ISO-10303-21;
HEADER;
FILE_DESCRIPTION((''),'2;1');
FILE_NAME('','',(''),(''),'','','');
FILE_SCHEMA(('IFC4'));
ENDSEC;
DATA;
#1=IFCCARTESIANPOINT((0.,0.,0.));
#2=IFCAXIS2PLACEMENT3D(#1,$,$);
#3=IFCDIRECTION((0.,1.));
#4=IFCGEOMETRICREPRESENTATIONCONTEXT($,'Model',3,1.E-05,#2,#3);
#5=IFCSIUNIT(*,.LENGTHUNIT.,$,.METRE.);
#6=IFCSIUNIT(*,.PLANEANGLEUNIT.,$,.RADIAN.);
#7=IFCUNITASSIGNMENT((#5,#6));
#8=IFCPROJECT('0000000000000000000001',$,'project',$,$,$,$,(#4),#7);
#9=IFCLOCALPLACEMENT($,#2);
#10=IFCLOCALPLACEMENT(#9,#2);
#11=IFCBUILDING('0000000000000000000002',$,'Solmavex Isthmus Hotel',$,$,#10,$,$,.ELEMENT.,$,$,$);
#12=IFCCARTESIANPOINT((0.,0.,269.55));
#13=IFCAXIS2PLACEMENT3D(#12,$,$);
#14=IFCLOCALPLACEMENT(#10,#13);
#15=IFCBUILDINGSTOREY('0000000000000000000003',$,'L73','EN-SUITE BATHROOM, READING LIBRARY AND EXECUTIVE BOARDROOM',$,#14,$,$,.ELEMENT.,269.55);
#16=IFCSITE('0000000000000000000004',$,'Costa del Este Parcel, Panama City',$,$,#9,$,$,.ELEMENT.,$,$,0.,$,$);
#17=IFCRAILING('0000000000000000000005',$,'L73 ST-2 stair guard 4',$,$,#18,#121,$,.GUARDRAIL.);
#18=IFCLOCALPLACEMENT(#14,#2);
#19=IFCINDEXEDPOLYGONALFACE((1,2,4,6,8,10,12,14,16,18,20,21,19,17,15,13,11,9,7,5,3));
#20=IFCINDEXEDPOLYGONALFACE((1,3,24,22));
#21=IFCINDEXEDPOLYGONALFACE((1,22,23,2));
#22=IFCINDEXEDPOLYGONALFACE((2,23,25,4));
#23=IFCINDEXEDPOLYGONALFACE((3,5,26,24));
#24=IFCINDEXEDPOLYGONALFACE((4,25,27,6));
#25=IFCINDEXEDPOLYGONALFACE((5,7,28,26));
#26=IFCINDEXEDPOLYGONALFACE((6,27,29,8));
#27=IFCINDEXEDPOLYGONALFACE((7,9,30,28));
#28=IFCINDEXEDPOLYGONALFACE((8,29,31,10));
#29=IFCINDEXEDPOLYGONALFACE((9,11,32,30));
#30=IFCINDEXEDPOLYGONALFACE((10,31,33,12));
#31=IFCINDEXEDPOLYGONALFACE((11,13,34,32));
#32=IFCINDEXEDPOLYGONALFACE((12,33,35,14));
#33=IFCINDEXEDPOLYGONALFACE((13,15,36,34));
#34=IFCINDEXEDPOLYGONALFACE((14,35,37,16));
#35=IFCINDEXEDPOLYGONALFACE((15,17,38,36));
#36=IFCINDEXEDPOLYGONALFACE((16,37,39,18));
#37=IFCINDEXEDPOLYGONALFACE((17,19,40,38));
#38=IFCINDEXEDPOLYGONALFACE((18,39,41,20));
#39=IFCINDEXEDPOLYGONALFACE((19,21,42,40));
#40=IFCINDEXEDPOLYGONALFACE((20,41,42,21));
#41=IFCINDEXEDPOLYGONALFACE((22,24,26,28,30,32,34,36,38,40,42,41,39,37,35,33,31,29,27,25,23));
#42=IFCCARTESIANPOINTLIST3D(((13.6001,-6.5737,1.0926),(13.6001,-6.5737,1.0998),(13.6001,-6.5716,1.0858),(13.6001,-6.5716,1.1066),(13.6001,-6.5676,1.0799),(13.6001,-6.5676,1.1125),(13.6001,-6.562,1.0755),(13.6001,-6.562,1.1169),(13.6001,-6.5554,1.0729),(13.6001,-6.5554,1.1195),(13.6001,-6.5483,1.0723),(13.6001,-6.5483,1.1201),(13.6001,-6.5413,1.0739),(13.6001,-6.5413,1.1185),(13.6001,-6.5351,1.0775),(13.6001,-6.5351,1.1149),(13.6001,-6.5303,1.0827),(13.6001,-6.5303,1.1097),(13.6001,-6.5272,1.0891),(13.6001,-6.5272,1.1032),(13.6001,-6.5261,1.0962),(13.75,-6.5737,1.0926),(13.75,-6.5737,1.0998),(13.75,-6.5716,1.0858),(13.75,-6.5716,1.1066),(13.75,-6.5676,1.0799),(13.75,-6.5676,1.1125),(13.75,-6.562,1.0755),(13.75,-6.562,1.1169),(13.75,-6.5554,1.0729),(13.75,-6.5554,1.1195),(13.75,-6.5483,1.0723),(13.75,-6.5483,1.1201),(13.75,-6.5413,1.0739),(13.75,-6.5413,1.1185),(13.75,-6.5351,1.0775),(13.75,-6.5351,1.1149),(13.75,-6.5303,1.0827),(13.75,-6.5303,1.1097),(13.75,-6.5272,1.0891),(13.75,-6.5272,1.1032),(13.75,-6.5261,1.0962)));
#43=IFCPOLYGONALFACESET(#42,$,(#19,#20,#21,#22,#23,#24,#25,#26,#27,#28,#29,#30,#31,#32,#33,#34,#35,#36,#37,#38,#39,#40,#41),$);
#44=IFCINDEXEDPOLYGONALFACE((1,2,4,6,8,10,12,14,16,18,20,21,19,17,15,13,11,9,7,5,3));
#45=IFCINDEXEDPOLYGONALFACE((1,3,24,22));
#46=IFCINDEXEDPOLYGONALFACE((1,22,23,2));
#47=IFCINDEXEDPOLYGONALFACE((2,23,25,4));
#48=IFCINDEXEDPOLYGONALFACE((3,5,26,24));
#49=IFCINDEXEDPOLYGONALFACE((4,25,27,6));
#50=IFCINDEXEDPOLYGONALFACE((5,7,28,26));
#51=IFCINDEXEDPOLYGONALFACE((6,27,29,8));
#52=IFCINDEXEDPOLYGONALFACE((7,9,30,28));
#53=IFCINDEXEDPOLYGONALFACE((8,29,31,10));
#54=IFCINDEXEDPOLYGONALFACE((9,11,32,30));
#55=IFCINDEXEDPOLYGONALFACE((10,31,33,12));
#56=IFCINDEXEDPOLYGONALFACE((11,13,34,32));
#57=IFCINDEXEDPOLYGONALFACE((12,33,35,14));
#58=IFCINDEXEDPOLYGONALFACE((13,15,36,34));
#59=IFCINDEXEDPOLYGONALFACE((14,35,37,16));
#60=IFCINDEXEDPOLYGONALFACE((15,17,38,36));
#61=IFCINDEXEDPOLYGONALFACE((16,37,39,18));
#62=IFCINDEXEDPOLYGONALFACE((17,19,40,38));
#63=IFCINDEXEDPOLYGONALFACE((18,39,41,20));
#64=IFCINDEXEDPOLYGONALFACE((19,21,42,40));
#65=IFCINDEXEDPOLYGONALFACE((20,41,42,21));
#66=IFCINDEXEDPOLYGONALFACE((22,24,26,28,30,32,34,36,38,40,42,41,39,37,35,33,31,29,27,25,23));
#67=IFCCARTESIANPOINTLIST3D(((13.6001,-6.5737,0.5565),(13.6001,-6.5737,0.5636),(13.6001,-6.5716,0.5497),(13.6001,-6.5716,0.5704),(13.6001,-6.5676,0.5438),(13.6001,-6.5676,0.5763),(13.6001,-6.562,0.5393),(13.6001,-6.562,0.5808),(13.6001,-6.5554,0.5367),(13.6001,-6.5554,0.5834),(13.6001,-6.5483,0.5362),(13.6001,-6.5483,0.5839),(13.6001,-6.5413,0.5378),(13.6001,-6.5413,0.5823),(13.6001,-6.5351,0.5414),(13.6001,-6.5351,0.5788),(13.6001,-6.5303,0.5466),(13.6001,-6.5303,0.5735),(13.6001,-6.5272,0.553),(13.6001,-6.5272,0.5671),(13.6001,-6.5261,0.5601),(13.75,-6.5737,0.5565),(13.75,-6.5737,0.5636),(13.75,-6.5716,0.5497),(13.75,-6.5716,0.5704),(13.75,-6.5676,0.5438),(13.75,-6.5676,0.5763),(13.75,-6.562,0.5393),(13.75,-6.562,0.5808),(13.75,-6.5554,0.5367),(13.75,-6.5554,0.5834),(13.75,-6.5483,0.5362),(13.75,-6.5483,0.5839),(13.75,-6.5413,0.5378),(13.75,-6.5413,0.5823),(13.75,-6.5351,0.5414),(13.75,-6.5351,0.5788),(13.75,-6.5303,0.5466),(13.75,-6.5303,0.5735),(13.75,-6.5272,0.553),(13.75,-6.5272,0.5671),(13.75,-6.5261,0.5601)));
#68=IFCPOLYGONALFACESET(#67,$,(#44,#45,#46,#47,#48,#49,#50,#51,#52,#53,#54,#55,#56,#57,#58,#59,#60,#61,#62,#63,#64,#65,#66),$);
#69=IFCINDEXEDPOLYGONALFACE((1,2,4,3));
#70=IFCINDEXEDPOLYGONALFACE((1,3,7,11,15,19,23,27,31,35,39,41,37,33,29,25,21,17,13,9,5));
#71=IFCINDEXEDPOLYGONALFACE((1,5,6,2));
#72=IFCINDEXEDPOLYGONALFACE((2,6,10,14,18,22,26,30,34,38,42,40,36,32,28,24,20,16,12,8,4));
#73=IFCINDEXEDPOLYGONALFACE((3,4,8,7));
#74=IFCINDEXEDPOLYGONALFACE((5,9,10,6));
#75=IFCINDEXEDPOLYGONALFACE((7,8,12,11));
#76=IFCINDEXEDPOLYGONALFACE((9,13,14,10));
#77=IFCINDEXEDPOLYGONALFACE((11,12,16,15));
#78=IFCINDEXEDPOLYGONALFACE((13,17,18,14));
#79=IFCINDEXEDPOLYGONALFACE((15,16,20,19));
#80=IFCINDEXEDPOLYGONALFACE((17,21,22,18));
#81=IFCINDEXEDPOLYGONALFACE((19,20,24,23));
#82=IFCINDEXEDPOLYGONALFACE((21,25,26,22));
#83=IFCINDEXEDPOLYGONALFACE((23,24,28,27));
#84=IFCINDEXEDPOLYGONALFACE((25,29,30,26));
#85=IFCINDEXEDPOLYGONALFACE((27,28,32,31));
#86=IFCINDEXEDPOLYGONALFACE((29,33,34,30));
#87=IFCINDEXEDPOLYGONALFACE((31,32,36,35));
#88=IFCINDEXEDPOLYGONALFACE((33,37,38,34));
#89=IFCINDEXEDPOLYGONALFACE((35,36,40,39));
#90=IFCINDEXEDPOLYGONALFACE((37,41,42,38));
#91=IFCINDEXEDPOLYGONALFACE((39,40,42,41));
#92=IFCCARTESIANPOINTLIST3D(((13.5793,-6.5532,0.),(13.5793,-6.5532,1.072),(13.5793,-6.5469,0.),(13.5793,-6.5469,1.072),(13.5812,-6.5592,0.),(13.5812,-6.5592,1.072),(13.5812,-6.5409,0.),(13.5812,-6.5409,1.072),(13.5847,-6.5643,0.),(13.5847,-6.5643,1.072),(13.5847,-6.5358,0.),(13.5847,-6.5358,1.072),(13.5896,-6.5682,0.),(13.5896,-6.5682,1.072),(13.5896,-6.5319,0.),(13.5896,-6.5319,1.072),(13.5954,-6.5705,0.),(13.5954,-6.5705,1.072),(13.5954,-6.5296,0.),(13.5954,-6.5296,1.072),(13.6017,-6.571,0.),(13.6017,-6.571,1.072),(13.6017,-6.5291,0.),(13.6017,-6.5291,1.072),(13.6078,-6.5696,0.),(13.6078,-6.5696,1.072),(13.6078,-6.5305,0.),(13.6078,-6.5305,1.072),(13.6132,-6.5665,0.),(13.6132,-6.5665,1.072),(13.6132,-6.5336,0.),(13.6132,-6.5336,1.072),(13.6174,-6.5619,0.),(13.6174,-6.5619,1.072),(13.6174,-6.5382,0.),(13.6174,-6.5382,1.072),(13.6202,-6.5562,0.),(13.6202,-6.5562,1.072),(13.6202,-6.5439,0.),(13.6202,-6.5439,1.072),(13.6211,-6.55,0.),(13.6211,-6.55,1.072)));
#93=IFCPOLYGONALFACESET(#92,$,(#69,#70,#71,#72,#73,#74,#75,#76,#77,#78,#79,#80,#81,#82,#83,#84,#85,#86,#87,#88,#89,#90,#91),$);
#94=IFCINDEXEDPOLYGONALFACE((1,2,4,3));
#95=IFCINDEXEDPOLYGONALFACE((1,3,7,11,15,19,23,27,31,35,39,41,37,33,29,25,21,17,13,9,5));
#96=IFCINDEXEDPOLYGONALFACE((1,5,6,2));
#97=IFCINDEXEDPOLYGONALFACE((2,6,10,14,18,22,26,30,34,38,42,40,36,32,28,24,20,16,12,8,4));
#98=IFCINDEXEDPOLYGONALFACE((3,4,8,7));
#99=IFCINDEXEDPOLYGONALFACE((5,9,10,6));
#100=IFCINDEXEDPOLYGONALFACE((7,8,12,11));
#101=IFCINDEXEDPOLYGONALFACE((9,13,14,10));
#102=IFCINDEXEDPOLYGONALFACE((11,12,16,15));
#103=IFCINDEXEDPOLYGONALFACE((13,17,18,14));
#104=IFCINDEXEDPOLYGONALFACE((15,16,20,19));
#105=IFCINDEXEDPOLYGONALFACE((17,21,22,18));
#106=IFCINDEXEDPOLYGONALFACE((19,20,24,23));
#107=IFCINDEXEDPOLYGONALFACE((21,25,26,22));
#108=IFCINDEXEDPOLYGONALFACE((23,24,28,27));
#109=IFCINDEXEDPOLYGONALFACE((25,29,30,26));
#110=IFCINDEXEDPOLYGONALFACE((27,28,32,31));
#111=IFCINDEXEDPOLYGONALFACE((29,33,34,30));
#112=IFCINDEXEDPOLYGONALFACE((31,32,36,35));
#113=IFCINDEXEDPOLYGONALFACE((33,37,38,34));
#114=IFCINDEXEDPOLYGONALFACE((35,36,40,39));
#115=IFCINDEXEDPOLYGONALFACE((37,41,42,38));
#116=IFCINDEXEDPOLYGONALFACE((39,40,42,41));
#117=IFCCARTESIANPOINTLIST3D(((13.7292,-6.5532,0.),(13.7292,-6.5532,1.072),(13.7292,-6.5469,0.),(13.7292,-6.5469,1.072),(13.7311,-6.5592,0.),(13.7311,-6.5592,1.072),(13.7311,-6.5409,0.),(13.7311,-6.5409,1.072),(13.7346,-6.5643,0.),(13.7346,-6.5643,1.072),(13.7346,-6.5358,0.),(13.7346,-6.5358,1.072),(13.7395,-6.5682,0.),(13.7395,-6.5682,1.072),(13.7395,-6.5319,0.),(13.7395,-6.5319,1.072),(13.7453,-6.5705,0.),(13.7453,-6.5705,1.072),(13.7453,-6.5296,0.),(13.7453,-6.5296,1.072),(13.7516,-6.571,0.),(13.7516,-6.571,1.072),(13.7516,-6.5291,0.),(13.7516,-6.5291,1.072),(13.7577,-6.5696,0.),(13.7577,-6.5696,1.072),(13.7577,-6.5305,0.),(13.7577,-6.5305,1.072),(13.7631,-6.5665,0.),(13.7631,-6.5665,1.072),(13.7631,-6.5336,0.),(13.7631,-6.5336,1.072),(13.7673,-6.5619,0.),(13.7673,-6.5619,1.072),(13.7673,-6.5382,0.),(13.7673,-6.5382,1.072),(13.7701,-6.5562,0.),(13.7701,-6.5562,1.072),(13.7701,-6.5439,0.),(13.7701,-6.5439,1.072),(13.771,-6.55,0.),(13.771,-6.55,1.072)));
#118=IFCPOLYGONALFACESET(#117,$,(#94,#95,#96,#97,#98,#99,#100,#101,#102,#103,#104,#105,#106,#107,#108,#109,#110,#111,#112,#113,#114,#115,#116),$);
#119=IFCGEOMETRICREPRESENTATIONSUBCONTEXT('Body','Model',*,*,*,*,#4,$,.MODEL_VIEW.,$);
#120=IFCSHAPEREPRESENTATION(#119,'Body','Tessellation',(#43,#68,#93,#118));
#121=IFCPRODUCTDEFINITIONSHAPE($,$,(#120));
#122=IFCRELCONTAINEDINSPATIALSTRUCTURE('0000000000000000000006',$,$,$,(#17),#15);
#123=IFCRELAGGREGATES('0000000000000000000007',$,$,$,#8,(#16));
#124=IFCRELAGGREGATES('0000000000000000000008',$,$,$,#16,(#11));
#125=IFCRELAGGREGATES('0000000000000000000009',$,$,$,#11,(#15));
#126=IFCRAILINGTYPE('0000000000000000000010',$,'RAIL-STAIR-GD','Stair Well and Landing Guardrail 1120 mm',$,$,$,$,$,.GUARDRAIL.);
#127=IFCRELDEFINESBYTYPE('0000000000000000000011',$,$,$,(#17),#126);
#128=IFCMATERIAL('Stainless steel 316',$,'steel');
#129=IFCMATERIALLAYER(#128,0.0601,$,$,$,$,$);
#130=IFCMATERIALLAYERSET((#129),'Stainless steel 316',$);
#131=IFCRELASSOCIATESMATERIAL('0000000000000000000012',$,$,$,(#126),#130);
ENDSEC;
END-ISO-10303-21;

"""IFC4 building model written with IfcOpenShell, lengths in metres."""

from ifc_helpers import new_model, si_unit, direction, frame, origin, origin_2d, place, context, subcontext, project, spatial, circle, extrude, material, layer, layer_set, type_object, element, save


model = new_model("IFC4")

# Units and contexts
model_context = context("Model", 3, precision=1e-05, world=origin(), true_north=direction((0.0, 1.0)))
body_context = subcontext(model_context, "Body", "Model", "MODEL_VIEW")
ifc_project = project(units=[si_unit("LENGTHUNIT", "METRE"), si_unit("PLANEANGLEUNIT", "RADIAN")], contexts=[model_context])

# Site, building, storey
site_placement = place(None, origin())
site = spatial("IfcSite", under=ifc_project, at=site_placement, Name="Costa del Este Parcel, Panama City", CompositionType="ELEMENT", RefElevation=0.0)
building_placement = place(site_placement, origin())
building = spatial("IfcBuilding", under=site, at=building_placement, Name="Solmavex Isthmus Hotel", CompositionType="ELEMENT")
storey_placement = place(building_placement, frame((0.0, 0.0, 269.55)))
storey = spatial("IfcBuildingStorey", under=building, at=storey_placement, Name="L73", Description="EN-SUITE BATHROOM, READING LIBRARY AND EXECUTIVE BOARDROOM", CompositionType="ELEMENT", Elevation=269.55)

# Railing
ifc_material_1 = material(Name="Stainless steel 316", Category="steel")
ifc_layer_1 = layer(ifc_material_1, 0.0601)
ifc_layer_set_1 = layer_set([ifc_layer_1], Name="Stainless steel 316")
railing_type_1 = type_object("IfcRailingType", Name="RAIL-STAIR-GD", Description="Stair Well and Landing Guardrail 1120 mm", PredefinedType="GUARDRAIL", material=ifc_layer_set_1)
railing_1_placement = place(storey_placement, frame((13.6001, -6.55, 0.0)))
element("IfcRailing", 1, at=railing_1_placement, inside=storey, type_object=railing_type_1, Name="L73 ST-2 stair guard 4", PredefinedType="GUARDRAIL", context=body_context, shape_type="SweptSolid", body=[
    extrude(circle(Radius=0.0239, at=origin_2d()), frame((0.0, 0.0, 1.0962), z_axis=(1.0, 0.0, 0.0), x_axis=(0.0, 1.0, 0.0)), (0.0, 0.0, 1.0), 0.1499),
    extrude(circle(Radius=0.0239, at=origin_2d()), frame((0.0, 0.0, 0.5601), z_axis=(1.0, 0.0, 0.0), x_axis=(0.0, 1.0, 0.0)), (0.0, 0.0, 1.0), 0.1499),
    extrude(circle(Radius=0.021, at=origin_2d()), origin(), (0.0, 0.0, 1.0), 1.072),
    extrude(circle(Radius=0.021, at=origin_2d()), frame((0.1499, 0.0, 0.0)), (0.0, 0.0, 1.0), 1.072),
])

save(model, "model.ifc")
